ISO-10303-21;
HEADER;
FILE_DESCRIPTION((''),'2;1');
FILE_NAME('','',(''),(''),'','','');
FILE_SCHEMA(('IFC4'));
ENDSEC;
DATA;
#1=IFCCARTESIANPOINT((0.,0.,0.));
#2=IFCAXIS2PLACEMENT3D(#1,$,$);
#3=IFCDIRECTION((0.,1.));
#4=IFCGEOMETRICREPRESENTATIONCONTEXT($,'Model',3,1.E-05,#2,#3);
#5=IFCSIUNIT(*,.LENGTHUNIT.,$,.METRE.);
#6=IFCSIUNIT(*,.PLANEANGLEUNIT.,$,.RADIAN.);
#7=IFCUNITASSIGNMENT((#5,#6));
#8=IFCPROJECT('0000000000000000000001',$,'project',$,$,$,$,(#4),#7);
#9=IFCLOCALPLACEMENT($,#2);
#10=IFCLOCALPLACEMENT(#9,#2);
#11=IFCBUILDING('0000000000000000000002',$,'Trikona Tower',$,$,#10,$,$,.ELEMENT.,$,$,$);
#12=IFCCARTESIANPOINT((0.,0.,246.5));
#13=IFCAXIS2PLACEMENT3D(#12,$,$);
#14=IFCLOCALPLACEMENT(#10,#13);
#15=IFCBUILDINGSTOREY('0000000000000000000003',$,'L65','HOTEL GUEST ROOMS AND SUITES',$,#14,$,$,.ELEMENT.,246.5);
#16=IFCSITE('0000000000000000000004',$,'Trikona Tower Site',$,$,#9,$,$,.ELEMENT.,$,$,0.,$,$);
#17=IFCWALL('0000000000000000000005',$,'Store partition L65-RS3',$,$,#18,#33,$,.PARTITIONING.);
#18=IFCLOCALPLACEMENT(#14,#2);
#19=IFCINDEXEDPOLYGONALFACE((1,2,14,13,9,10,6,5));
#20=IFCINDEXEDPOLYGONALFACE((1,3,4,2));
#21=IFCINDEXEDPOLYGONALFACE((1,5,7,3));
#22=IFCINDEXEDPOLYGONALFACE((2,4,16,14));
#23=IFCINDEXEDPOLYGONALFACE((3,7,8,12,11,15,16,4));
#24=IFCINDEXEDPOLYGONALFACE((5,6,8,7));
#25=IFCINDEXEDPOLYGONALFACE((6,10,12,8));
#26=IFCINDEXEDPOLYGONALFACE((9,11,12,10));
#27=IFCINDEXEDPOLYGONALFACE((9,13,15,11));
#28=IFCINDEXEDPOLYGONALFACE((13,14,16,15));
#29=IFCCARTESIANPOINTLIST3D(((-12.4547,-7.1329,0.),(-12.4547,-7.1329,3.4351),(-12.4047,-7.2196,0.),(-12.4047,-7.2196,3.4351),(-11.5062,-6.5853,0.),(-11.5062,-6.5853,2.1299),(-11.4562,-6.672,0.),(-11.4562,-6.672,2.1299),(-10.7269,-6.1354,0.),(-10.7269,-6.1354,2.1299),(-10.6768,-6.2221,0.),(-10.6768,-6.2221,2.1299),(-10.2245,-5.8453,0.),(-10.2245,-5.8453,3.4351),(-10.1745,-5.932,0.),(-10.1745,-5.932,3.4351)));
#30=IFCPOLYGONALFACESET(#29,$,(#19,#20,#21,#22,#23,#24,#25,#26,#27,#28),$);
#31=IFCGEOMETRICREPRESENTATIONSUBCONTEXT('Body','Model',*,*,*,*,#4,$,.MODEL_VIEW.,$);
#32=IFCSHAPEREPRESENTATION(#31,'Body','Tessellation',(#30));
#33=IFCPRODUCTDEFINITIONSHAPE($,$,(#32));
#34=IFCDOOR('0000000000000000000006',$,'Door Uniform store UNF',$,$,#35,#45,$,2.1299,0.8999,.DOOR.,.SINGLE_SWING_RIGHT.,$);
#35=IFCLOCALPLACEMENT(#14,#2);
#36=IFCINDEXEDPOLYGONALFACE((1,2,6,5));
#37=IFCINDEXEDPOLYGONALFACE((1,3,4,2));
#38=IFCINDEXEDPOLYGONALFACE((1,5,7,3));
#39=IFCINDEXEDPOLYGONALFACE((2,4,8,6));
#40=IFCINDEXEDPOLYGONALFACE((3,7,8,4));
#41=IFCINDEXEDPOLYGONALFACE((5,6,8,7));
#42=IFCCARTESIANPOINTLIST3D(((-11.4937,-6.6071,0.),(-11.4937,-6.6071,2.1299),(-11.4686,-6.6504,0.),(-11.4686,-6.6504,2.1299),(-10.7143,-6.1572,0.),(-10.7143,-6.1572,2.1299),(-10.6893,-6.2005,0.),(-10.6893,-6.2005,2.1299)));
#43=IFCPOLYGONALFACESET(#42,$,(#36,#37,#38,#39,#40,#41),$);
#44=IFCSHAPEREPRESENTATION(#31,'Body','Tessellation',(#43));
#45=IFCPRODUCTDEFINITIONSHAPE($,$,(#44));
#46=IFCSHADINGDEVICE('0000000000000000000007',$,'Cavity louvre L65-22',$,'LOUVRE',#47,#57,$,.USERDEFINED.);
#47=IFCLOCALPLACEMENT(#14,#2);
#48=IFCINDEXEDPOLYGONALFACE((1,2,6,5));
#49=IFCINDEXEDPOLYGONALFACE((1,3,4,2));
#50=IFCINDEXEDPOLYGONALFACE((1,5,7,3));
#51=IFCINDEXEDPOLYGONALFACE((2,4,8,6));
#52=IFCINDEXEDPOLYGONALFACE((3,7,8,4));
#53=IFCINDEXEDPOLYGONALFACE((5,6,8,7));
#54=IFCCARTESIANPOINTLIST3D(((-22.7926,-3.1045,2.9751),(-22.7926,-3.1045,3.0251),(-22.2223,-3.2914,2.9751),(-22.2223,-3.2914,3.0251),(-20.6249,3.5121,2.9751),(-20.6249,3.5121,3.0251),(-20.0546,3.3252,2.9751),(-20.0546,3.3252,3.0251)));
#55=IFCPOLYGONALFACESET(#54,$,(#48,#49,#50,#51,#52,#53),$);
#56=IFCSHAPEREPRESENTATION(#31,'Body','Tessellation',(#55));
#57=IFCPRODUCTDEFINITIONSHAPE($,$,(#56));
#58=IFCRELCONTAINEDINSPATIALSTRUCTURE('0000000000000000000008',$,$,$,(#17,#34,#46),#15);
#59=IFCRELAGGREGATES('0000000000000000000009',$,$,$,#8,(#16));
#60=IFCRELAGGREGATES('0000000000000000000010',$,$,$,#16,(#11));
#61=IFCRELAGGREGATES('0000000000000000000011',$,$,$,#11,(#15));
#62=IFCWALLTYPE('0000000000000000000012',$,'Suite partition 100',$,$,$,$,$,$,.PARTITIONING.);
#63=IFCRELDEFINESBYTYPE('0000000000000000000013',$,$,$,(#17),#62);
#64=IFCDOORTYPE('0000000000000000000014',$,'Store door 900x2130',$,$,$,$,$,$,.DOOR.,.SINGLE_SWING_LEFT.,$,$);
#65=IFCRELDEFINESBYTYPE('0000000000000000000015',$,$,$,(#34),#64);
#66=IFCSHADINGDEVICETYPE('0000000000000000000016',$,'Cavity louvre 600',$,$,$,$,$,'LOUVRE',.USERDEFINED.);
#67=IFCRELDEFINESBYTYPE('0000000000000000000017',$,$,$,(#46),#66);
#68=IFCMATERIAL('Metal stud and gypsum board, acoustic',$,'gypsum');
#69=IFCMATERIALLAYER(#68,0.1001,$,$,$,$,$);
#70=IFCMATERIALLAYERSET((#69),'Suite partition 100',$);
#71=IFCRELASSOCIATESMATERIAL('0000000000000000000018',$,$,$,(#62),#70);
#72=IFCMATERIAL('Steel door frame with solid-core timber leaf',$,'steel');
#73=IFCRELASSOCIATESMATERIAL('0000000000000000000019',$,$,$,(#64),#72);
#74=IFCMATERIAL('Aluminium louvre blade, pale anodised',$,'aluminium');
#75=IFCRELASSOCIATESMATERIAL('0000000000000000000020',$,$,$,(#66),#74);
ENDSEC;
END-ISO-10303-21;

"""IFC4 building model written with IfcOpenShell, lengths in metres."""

from ifc_helpers import new_model, si_unit, direction, frame, frame_2d, origin, origin_2d, place, context, subcontext, project, spatial, rectangle, extrude, material, layer, layer_set, type_object, element, fill, save


model = new_model("IFC4")

# Units and contexts
model_context = context("Model", 3, precision=1e-05, world=origin(), true_north=direction((0.0, 1.0)))
body_context = subcontext(model_context, "Body", "Model", "MODEL_VIEW")
ifc_project = project(units=[si_unit("LENGTHUNIT", "METRE"), si_unit("PLANEANGLEUNIT", "RADIAN")], contexts=[model_context])

# Site, building, storey
site_placement = place(None, origin())
site = spatial("IfcSite", under=ifc_project, at=site_placement, Name="Trikona Tower Site", CompositionType="ELEMENT", RefElevation=0.0)
building_placement = place(site_placement, origin())
building = spatial("IfcBuilding", under=site, at=building_placement, Name="Trikona Tower", CompositionType="ELEMENT")
storey_placement = place(building_placement, frame((0.0, 0.0, 246.5)))
storey = spatial("IfcBuildingStorey", under=building, at=storey_placement, Name="L65", Description="HOTEL GUEST ROOMS AND SUITES", CompositionType="ELEMENT", Elevation=246.5)

# Wall, opening, door
ifc_material_1 = material(Name="Metal stud and gypsum board, acoustic", Category="gypsum")
ifc_layer_1 = layer(ifc_material_1, 0.1001)
ifc_layer_set_1 = layer_set([ifc_layer_1], Name="Suite partition 100")
wall_type_1 = type_object("IfcWallType", Name="Suite partition 100", PredefinedType="PARTITIONING", material=ifc_layer_set_1)
ifc_material_2 = material(Name="Steel door frame with solid-core timber leaf", Category="steel")
door_type_1 = type_object("IfcDoorType", Name="Store door 900x2130", OperationType="SINGLE_SWING_LEFT", PredefinedType="DOOR", material=ifc_material_2)
wall_1_placement = place(storey_placement, frame((-12.4297, -7.1763, 0.0), z_axis=(0.0, 0.0, 1.0), x_axis=(0.866029, 0.499993, 0.0)))
wall_1 = element("IfcWall", 1, at=wall_1_placement, inside=storey, type_object=wall_type_1, Name="Store partition L65-RS3", PredefinedType="PARTITIONING", context=body_context, shape_type="SweptSolid", body=[
    extrude(rectangle(XDim=2.5752, YDim=0.1001, at=frame_2d((1.2876, 0.0))), origin(), (0.0, 0.0, 1.0), 3.4351),
])
opening_1_placement = place(wall_1_placement, frame((1.0952, 0.0, 0.0)))
opening_1 = element("IfcOpeningElement", 2, at=opening_1_placement, cuts=wall_1, PredefinedType="OPENING", context=body_context, shape_type="SweptSolid", body=[
    extrude(rectangle(XDim=0.8999, YDim=2.1299, at=frame_2d((0.45, 1.0649))), frame((0.0, 0.0601, 0.0), z_axis=(0.0, -1.0, 0.0), x_axis=(1.0, 0.0, 0.0)), (0.0, 0.0, 1.0), 0.1201),
])
door_1_placement = place(opening_1_placement, origin())
door_1 = element("IfcDoor", 3, at=door_1_placement, inside=storey, type_object=door_type_1, Name="Door Uniform store UNF", OperationType="SINGLE_SWING_RIGHT", OverallHeight=2.1299, OverallWidth=0.8999, PredefinedType="DOOR", context=body_context, shape_type="SweptSolid", body=[
    extrude(rectangle(XDim=0.8999, YDim=2.1299, at=frame_2d((0.45, 1.0649))), frame((0.0, 0.0249, 0.0), z_axis=(0.0, -1.0, 0.0), x_axis=(1.0, 0.0, 0.0)), (0.0, 0.0, 1.0), 0.05),
])
fill(opening_1, door_1)

# Shading device
ifc_material_3 = material(Name="Aluminium louvre blade, pale anodised", Category="aluminium")
shading_device_type = type_object("IfcShadingDeviceType", Name="Cavity louvre 600", ElementType="LOUVRE", PredefinedType="USERDEFINED", material=ifc_material_3)
shading_device_placement = place(storey_placement, frame((-21.4236, 0.1104, 2.9751), z_axis=(0.0, 0.0, 1.0), x_axis=(-0.311337, -0.9503, 0.0)))
element("IfcShadingDevice", 4, at=shading_device_placement, inside=storey, type_object=shading_device_type, Name="Cavity louvre L65-22", ObjectType="LOUVRE", PredefinedType="USERDEFINED", context=body_context, shape_type="SweptSolid", body=[
    extrude(rectangle(XDim=6.9626, YDim=0.6001, at=origin_2d()), origin(), (0.0, 0.0, 1.0), 0.05),
])

save(model, "model.ifc")
